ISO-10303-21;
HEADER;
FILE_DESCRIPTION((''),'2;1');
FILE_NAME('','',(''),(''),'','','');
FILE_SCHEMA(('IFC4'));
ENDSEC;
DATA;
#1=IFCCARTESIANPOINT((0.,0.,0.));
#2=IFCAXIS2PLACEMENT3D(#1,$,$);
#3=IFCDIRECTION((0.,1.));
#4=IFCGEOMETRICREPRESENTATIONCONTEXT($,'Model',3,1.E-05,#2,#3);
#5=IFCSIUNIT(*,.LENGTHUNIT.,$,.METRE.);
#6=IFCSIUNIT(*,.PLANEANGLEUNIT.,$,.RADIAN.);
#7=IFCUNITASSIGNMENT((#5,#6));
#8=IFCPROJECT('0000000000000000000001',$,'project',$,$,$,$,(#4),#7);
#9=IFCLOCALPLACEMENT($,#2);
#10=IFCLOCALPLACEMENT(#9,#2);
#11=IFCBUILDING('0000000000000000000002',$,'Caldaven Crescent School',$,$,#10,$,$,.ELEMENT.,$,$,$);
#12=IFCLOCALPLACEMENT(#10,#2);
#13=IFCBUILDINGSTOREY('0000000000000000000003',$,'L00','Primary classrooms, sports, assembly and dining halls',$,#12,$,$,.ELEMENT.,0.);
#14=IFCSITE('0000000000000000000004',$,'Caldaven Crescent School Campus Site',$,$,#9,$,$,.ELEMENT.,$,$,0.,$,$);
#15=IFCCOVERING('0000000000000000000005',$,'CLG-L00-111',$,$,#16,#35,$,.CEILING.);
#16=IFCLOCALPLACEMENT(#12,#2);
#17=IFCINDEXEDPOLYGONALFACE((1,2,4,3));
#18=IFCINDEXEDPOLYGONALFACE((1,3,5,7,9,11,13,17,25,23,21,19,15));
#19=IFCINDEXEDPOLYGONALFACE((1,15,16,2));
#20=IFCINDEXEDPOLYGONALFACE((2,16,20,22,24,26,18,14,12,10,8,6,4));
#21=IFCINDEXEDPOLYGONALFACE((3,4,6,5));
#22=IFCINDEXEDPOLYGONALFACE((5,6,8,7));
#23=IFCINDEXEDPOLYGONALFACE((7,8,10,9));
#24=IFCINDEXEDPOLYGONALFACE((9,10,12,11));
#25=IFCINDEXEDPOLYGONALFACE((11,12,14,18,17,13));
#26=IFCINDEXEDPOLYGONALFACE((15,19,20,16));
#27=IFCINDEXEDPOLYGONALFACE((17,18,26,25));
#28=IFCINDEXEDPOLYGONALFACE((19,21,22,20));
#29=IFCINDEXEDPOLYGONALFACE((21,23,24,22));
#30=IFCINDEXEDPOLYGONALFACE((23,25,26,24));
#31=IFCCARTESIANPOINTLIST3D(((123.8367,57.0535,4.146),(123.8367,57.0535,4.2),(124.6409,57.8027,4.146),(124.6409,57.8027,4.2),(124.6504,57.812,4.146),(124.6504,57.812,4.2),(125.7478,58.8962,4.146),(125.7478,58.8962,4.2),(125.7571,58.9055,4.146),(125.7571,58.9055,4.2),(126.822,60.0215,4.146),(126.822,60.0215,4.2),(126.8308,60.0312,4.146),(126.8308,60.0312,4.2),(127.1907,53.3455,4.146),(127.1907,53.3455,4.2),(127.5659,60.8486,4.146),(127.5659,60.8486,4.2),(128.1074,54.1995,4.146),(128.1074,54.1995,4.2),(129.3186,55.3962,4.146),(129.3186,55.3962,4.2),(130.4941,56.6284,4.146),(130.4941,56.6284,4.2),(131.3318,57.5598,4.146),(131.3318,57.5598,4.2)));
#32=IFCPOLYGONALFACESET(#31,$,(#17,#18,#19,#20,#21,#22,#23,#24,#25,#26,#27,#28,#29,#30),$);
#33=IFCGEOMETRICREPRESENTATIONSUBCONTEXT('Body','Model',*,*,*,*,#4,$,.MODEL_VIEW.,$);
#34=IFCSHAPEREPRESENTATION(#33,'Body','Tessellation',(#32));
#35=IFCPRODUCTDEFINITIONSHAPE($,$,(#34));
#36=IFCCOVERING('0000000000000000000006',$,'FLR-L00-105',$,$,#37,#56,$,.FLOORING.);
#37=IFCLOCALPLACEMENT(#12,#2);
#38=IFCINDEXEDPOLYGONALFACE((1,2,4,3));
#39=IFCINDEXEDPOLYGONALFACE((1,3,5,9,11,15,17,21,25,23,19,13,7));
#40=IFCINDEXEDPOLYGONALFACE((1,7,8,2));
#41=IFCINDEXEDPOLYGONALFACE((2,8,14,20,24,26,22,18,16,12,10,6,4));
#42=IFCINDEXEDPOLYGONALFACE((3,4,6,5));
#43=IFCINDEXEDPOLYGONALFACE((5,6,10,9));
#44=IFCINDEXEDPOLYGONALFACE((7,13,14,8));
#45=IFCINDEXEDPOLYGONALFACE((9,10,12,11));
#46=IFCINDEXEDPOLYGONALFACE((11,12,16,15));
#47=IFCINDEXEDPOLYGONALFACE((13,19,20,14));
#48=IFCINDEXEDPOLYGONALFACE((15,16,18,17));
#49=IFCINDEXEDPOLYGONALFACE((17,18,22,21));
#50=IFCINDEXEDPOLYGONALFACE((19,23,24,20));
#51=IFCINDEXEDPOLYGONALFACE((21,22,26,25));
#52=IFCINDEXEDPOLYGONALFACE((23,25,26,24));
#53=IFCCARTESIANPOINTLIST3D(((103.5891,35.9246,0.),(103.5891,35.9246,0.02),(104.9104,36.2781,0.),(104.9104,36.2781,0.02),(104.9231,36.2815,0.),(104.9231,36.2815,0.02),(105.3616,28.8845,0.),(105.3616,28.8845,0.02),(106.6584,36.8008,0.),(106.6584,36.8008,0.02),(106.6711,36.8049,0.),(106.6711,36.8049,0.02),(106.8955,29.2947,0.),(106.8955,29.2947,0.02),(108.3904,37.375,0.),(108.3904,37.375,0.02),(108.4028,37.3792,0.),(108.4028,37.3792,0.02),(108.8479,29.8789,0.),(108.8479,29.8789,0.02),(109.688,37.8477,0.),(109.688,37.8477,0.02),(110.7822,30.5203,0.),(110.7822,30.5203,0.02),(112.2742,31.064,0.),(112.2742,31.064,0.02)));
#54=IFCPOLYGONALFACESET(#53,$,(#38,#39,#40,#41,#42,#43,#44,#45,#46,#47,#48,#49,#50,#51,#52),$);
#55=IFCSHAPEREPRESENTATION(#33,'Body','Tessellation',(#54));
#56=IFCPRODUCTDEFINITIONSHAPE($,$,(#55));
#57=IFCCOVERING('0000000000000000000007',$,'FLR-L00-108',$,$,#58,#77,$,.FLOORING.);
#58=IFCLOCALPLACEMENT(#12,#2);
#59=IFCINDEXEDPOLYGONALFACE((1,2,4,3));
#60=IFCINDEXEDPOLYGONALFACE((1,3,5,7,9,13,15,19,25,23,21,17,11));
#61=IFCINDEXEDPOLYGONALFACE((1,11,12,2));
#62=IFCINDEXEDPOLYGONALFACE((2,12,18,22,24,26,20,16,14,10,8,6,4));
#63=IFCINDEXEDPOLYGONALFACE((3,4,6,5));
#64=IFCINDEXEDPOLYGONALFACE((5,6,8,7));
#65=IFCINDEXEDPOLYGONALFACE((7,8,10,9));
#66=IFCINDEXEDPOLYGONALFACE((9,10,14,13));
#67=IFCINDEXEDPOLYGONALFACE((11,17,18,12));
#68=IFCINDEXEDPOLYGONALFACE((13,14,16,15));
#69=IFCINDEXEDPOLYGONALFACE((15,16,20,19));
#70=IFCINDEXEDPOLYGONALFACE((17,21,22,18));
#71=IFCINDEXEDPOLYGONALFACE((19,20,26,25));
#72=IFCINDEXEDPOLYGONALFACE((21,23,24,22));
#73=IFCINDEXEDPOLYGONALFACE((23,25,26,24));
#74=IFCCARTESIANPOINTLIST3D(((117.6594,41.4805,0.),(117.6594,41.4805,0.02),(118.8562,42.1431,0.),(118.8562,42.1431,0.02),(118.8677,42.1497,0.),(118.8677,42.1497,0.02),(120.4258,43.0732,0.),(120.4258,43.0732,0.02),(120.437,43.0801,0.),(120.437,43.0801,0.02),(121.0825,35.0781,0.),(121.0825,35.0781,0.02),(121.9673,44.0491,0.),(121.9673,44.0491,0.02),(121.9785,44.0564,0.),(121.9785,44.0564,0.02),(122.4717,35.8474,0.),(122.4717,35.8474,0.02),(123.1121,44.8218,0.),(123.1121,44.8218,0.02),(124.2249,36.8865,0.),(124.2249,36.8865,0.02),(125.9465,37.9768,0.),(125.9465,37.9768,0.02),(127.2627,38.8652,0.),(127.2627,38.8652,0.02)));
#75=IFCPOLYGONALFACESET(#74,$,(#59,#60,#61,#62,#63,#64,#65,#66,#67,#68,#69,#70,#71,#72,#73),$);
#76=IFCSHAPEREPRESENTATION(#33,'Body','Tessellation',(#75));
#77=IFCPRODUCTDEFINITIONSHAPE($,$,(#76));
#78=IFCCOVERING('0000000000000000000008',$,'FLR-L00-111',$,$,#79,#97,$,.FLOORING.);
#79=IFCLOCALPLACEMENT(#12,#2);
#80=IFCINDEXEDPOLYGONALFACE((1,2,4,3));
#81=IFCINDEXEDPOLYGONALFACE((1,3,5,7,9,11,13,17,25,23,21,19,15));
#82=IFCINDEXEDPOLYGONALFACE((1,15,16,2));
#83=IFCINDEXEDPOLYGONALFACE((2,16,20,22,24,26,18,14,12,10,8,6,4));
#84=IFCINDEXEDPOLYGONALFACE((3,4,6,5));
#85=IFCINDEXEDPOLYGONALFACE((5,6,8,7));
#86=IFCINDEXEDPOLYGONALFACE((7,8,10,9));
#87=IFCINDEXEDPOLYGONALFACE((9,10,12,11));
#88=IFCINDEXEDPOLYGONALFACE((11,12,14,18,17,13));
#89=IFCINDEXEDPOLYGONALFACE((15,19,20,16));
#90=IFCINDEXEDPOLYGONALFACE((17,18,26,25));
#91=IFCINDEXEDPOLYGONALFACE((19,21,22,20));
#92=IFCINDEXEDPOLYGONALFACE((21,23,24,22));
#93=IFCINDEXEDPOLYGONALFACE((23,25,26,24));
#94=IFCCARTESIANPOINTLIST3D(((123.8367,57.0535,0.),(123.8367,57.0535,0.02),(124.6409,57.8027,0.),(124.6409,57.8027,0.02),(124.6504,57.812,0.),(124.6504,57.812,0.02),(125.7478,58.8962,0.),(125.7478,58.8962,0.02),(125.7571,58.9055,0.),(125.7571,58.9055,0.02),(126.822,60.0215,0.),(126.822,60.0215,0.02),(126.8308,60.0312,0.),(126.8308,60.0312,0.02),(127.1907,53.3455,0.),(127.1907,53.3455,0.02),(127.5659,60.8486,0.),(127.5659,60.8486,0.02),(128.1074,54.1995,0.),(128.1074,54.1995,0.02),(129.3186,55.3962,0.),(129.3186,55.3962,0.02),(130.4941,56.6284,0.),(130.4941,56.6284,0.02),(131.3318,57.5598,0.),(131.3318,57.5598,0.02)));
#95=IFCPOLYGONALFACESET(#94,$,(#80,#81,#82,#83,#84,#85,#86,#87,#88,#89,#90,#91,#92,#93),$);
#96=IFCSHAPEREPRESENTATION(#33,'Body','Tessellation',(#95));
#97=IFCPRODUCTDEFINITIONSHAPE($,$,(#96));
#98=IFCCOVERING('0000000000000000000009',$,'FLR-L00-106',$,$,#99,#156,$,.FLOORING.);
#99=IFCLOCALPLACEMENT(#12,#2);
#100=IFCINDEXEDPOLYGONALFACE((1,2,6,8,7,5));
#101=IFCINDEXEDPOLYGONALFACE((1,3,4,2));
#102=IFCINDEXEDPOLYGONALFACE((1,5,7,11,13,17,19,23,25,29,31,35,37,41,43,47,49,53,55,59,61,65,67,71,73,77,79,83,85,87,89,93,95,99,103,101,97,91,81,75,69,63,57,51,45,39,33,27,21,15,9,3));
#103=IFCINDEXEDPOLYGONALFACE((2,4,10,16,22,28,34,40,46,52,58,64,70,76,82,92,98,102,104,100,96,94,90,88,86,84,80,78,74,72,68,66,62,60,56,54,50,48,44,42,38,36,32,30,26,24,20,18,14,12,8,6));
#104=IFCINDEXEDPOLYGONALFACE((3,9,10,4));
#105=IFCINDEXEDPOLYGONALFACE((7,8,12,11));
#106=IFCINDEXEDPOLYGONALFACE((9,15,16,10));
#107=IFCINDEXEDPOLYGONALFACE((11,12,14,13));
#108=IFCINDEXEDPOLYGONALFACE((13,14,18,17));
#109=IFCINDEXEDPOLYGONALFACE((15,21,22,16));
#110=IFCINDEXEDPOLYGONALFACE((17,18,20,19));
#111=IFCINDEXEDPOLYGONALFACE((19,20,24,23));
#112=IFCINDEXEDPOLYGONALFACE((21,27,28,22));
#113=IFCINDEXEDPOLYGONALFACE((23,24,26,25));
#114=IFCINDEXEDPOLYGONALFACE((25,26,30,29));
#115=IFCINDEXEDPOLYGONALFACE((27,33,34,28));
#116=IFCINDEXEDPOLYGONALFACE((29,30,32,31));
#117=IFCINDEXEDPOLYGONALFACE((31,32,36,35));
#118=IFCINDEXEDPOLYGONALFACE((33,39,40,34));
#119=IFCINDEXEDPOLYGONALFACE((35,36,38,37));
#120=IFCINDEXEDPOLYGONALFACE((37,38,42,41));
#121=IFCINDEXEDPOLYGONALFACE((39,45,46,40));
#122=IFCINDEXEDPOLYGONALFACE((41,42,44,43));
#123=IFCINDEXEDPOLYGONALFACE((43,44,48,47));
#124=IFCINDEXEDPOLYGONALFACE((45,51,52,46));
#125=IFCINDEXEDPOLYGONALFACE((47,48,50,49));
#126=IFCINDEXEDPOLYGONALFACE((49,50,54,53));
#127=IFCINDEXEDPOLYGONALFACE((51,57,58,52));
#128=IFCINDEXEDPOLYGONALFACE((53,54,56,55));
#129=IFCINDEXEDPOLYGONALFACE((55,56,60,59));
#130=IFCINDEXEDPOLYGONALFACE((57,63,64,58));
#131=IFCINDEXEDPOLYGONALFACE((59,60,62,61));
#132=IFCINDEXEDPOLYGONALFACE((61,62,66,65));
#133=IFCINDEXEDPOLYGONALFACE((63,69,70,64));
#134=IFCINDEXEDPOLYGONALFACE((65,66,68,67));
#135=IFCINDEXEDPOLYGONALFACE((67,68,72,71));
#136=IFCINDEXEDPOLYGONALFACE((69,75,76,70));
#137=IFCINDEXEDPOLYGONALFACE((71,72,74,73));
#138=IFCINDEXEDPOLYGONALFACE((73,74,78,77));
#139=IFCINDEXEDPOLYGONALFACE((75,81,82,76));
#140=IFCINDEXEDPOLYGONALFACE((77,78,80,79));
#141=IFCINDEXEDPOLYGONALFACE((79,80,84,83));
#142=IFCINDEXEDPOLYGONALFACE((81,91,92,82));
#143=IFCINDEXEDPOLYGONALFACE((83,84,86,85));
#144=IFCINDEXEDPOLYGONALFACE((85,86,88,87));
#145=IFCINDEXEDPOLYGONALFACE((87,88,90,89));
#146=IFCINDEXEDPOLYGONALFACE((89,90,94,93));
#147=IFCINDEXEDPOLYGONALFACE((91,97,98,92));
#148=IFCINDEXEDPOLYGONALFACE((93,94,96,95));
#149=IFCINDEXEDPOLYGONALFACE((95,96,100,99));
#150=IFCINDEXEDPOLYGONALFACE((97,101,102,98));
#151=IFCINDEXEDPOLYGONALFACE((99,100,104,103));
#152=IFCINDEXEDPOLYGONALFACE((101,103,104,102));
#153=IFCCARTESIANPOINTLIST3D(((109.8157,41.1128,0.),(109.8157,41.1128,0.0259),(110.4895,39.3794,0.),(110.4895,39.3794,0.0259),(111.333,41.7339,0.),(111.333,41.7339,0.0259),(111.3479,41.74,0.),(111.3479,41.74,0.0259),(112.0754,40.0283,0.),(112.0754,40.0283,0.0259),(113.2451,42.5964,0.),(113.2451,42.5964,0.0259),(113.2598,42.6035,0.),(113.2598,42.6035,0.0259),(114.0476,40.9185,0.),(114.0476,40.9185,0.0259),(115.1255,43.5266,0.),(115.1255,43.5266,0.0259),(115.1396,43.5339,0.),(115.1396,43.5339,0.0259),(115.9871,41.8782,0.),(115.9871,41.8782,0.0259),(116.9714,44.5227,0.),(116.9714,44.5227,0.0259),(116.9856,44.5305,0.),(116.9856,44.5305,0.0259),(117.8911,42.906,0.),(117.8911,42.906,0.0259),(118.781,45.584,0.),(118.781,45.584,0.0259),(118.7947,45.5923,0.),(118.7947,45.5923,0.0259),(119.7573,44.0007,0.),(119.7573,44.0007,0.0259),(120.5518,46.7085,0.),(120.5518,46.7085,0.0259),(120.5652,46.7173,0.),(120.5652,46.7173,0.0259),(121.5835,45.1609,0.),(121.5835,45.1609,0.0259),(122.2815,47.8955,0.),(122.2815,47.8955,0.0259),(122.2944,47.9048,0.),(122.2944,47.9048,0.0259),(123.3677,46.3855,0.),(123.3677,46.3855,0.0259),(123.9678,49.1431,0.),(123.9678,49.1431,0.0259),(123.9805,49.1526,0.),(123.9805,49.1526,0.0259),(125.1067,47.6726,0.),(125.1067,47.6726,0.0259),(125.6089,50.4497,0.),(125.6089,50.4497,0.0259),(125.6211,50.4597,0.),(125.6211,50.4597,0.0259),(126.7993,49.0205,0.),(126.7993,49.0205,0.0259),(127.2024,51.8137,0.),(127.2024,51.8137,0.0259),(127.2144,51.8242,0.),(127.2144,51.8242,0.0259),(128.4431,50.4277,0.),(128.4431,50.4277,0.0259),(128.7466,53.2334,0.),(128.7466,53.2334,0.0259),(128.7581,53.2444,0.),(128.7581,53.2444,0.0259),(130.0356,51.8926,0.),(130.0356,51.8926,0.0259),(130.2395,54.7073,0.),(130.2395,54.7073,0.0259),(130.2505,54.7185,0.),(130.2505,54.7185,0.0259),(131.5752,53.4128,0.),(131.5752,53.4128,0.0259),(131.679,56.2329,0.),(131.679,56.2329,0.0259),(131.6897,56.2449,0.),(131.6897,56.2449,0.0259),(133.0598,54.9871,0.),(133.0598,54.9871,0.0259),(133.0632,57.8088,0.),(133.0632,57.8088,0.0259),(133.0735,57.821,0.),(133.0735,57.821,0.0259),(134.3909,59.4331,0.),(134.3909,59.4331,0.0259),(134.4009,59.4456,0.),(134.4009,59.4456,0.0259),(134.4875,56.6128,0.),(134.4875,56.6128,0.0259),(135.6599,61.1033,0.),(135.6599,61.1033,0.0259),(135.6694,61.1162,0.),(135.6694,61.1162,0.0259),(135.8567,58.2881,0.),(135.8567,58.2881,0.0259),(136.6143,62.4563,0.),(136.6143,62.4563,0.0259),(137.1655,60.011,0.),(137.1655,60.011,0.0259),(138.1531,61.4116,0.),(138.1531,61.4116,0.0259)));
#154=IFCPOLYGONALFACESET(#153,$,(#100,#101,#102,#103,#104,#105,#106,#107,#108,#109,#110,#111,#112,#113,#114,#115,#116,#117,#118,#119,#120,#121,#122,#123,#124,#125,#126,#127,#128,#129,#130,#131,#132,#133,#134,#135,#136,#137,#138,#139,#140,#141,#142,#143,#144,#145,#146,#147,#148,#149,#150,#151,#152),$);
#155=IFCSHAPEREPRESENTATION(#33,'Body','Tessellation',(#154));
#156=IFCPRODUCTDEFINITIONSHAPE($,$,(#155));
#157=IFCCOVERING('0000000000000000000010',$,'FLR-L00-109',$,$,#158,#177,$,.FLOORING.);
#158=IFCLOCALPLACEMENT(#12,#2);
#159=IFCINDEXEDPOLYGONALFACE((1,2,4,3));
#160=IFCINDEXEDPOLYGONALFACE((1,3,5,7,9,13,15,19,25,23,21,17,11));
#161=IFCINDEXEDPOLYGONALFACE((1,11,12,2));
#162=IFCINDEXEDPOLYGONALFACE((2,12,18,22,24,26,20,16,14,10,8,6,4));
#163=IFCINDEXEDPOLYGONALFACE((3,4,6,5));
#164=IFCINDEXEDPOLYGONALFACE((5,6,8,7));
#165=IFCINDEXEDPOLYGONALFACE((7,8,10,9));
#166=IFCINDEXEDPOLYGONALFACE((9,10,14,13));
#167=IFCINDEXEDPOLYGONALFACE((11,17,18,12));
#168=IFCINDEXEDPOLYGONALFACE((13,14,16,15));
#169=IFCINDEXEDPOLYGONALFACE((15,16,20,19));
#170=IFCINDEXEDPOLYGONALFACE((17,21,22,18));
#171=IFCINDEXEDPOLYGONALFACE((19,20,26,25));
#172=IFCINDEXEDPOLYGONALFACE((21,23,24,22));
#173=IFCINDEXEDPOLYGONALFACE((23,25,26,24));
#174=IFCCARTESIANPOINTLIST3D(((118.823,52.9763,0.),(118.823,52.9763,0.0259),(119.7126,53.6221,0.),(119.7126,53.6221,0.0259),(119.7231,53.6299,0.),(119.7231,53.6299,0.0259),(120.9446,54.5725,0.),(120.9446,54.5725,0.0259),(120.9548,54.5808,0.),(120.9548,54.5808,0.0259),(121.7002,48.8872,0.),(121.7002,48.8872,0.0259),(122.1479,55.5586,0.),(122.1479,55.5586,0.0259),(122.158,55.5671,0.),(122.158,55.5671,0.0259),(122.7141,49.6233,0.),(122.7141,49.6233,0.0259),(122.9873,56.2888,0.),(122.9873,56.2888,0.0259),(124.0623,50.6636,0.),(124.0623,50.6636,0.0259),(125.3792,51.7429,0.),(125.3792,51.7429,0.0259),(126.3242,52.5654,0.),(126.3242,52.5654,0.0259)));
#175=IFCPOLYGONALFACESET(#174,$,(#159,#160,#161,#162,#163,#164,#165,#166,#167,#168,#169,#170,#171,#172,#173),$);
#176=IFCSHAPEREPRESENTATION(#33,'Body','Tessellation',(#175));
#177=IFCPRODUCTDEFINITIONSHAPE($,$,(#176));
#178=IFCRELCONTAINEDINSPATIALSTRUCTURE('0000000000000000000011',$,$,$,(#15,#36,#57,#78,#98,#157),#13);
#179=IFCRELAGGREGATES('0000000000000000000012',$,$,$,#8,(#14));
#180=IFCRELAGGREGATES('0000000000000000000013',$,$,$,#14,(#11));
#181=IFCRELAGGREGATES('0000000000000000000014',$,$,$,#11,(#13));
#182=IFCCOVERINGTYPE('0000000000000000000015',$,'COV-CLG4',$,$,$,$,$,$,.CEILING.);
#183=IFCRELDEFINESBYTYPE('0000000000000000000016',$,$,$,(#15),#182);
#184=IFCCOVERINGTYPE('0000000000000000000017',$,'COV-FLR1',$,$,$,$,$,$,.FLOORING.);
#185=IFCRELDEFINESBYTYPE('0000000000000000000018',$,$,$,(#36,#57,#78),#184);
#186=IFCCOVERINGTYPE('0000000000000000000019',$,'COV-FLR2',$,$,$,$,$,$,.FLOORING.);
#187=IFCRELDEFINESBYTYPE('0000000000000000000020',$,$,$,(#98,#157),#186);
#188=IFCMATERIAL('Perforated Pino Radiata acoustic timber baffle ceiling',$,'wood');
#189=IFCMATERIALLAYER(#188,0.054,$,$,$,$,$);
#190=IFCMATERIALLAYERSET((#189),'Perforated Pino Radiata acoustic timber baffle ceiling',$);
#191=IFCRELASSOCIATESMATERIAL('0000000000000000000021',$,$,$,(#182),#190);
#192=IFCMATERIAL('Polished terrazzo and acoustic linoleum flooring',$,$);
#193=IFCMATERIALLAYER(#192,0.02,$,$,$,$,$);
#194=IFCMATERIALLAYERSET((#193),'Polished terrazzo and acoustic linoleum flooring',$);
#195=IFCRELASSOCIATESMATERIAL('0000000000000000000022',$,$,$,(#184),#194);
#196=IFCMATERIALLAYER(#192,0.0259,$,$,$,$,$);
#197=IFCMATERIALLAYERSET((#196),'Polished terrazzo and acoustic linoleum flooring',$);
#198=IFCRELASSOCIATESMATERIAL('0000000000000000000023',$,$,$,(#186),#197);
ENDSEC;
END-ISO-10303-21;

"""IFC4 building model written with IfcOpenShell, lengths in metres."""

from ifc_helpers import new_model, si_unit, direction, frame, origin, place, context, subcontext, project, spatial, polyline, outline, extrude, material, layer, layer_set, type_object, element, save


model = new_model("IFC4")

# Units and contexts
model_context = context("Model", 3, precision=1e-05, world=origin(), true_north=direction((0.0, 1.0)))
body_context = subcontext(model_context, "Body", "Model", "MODEL_VIEW")
ifc_project = project(units=[si_unit("LENGTHUNIT", "METRE"), si_unit("PLANEANGLEUNIT", "RADIAN")], contexts=[model_context])

# Site, building, storey
site_placement = place(None, origin())
site = spatial("IfcSite", under=ifc_project, at=site_placement, Name="Caldaven Crescent School Campus Site", CompositionType="ELEMENT", RefElevation=0.0)
building_placement = place(site_placement, origin())
building = spatial("IfcBuilding", under=site, at=building_placement, Name="Caldaven Crescent School", CompositionType="ELEMENT")
storey_placement = place(building_placement, origin())
storey = spatial("IfcBuildingStorey", under=building, at=storey_placement, Name="L00", Description="Primary classrooms, sports, assembly and dining halls", CompositionType="ELEMENT", Elevation=0.0)

# Coverings
ifc_material_1 = material(Name="Perforated Pino Radiata acoustic timber baffle ceiling", Category="wood")
ifc_layer_1 = layer(ifc_material_1, 0.054)
ifc_layer_set_1 = layer_set([ifc_layer_1], Name="Perforated Pino Radiata acoustic timber baffle ceiling")
covering_type_1 = type_object("IfcCoveringType", Name="COV-CLG4", PredefinedType="CEILING", material=ifc_layer_set_1)
covering_1_placement = place(storey_placement, frame((0.0, 0.0, 4.146)))
element("IfcCovering", 1, at=covering_1_placement, inside=storey, type_object=covering_type_1, Name="CLG-L00-111", PredefinedType="CEILING", context=body_context, shape_type="SweptSolid", body=[
    extrude(outline(polyline([(124.6409, 57.8027), (124.6504, 57.812), (125.7478, 58.8962), (125.7571, 58.9055), (126.822, 60.0215), (126.8308, 60.0312), (127.5659, 60.8486), (131.3318, 57.5598), (130.4941, 56.6284), (129.3186, 55.3962), (128.1074, 54.1995), (127.1907, 53.3455), (123.8367, 57.0535), (124.6409, 57.8027)])), origin(), (0.0, 0.0, 1.0), 0.054),
])
ifc_material_2 = material(Name="Polished terrazzo and acoustic linoleum flooring")
ifc_layer_2 = layer(ifc_material_2, 0.02)
ifc_layer_set_2 = layer_set([ifc_layer_2], Name="Polished terrazzo and acoustic linoleum flooring")
covering_type_2 = type_object("IfcCoveringType", Name="COV-FLR1", PredefinedType="FLOORING", material=ifc_layer_set_2)
covering_2_placement = place(storey_placement, origin())
element("IfcCovering", 2, at=covering_2_placement, inside=storey, type_object=covering_type_2, Name="FLR-L00-105", PredefinedType="FLOORING", context=body_context, shape_type="SweptSolid", body=[
    extrude(outline(polyline([(103.5891, 35.9246), (104.9104, 36.2781), (104.9231, 36.2815), (106.6584, 36.8008), (106.6711, 36.8049), (108.3904, 37.375), (108.4028, 37.3792), (109.688, 37.8477), (112.2742, 31.064), (110.7822, 30.5203), (108.8479, 29.8789), (106.8955, 29.2947), (105.3616, 28.8845), (103.5891, 35.9246)])), origin(), (0.0, 0.0, 1.0), 0.02),
])
covering_3_placement = place(storey_placement, origin())
element("IfcCovering", 3, at=covering_3_placement, inside=storey, type_object=covering_type_2, Name="FLR-L00-108", PredefinedType="FLOORING", context=body_context, shape_type="SweptSolid", body=[
    extrude(outline(polyline([(117.6594, 41.4805), (118.8562, 42.1431), (118.8677, 42.1497), (120.4258, 43.0732), (120.437, 43.0801), (121.9673, 44.0491), (121.9785, 44.0564), (123.1121, 44.8218), (127.2627, 38.8652), (125.9465, 37.9768), (124.2249, 36.8865), (122.4717, 35.8474), (121.0825, 35.0781), (117.6594, 41.4805)])), origin(), (0.0, 0.0, 1.0), 0.02),
])
covering_4_placement = place(storey_placement, origin())
element("IfcCovering", 4, at=covering_4_placement, inside=storey, type_object=covering_type_2, Name="FLR-L00-111", PredefinedType="FLOORING", context=body_context, shape_type="SweptSolid", body=[
    extrude(outline(polyline([(123.8367, 57.0535), (124.6409, 57.8027), (124.6504, 57.812), (125.7478, 58.8962), (125.7571, 58.9055), (126.822, 60.0215), (126.8308, 60.0312), (127.5659, 60.8486), (131.3318, 57.5598), (130.4941, 56.6284), (129.3186, 55.3962), (128.1074, 54.1995), (127.1907, 53.3455), (123.8367, 57.0535)])), origin(), (0.0, 0.0, 1.0), 0.02),
])
ifc_layer_3 = layer(ifc_material_2, 0.0259)
ifc_layer_set_3 = layer_set([ifc_layer_3], Name="Polished terrazzo and acoustic linoleum flooring")
covering_type_3 = type_object("IfcCoveringType", Name="COV-FLR2", PredefinedType="FLOORING", material=ifc_layer_set_3)
covering_5_placement = place(storey_placement, origin())
element("IfcCovering", 5, at=covering_5_placement, inside=storey, type_object=covering_type_3, Name="FLR-L00-106", PredefinedType="FLOORING", context=body_context, shape_type="SweptSolid", body=[
    extrude(outline(polyline([(109.8157, 41.1128), (111.333, 41.7339), (111.3479, 41.74), (113.2451, 42.5964), (113.2598, 42.6035), (115.1255, 43.5266), (115.1396, 43.5339), (116.9714, 44.5227), (116.9856, 44.5305), (118.781, 45.584), (118.7947, 45.5923), (120.5518, 46.7085), (120.5652, 46.7173), (122.2815, 47.8955), (122.2944, 47.9048), (123.9678, 49.1431), (123.9805, 49.1526), (125.6089, 50.4497), (125.6211, 50.4597), (127.2024, 51.8137), (127.2144, 51.8242), (128.7466, 53.2334), (128.7581, 53.2444), (130.2395, 54.7073), (130.2505, 54.7185), (131.679, 56.2329), (131.6897, 56.2449), (133.0632, 57.8088), (133.0735, 57.821), (134.3909, 59.4331), (134.4009, 59.4456), (135.6599, 61.1033), (135.6694, 61.1162), (136.6143, 62.4563), (138.1531, 61.4116), (137.1655, 60.011), (135.8567, 58.2881), (134.4875, 56.6128), (133.0598, 54.9871), (131.5752, 53.4128), (130.0356, 51.8926), (128.4431, 50.4277), (126.7993, 49.0205), (125.1067, 47.6726), (123.3677, 46.3855), (121.5835, 45.1609), (119.7573, 44.0007), (117.8911, 42.906), (115.9871, 41.8782), (114.0476, 40.9185), (112.0754, 40.0283), (110.4895, 39.3794), (109.8157, 41.1128)])), origin(), (0.0, 0.0, 1.0), 0.0259),
])
covering_6_placement = place(storey_placement, origin())
element("IfcCovering", 6, at=covering_6_placement, inside=storey, type_object=covering_type_3, Name="FLR-L00-109", PredefinedType="FLOORING", context=body_context, shape_type="SweptSolid", body=[
    extrude(outline(polyline([(118.823, 52.9763), (119.7126, 53.6221), (119.7231, 53.6299), (120.9446, 54.5725), (120.9548, 54.5808), (122.1479, 55.5586), (122.158, 55.5671), (122.9873, 56.2888), (126.3242, 52.5654), (125.3792, 51.7429), (124.0623, 50.6636), (122.7141, 49.6233), (121.7002, 48.8872), (118.823, 52.9763)])), origin(), (0.0, 0.0, 1.0), 0.0259),
])

save(model, "model.ifc")
